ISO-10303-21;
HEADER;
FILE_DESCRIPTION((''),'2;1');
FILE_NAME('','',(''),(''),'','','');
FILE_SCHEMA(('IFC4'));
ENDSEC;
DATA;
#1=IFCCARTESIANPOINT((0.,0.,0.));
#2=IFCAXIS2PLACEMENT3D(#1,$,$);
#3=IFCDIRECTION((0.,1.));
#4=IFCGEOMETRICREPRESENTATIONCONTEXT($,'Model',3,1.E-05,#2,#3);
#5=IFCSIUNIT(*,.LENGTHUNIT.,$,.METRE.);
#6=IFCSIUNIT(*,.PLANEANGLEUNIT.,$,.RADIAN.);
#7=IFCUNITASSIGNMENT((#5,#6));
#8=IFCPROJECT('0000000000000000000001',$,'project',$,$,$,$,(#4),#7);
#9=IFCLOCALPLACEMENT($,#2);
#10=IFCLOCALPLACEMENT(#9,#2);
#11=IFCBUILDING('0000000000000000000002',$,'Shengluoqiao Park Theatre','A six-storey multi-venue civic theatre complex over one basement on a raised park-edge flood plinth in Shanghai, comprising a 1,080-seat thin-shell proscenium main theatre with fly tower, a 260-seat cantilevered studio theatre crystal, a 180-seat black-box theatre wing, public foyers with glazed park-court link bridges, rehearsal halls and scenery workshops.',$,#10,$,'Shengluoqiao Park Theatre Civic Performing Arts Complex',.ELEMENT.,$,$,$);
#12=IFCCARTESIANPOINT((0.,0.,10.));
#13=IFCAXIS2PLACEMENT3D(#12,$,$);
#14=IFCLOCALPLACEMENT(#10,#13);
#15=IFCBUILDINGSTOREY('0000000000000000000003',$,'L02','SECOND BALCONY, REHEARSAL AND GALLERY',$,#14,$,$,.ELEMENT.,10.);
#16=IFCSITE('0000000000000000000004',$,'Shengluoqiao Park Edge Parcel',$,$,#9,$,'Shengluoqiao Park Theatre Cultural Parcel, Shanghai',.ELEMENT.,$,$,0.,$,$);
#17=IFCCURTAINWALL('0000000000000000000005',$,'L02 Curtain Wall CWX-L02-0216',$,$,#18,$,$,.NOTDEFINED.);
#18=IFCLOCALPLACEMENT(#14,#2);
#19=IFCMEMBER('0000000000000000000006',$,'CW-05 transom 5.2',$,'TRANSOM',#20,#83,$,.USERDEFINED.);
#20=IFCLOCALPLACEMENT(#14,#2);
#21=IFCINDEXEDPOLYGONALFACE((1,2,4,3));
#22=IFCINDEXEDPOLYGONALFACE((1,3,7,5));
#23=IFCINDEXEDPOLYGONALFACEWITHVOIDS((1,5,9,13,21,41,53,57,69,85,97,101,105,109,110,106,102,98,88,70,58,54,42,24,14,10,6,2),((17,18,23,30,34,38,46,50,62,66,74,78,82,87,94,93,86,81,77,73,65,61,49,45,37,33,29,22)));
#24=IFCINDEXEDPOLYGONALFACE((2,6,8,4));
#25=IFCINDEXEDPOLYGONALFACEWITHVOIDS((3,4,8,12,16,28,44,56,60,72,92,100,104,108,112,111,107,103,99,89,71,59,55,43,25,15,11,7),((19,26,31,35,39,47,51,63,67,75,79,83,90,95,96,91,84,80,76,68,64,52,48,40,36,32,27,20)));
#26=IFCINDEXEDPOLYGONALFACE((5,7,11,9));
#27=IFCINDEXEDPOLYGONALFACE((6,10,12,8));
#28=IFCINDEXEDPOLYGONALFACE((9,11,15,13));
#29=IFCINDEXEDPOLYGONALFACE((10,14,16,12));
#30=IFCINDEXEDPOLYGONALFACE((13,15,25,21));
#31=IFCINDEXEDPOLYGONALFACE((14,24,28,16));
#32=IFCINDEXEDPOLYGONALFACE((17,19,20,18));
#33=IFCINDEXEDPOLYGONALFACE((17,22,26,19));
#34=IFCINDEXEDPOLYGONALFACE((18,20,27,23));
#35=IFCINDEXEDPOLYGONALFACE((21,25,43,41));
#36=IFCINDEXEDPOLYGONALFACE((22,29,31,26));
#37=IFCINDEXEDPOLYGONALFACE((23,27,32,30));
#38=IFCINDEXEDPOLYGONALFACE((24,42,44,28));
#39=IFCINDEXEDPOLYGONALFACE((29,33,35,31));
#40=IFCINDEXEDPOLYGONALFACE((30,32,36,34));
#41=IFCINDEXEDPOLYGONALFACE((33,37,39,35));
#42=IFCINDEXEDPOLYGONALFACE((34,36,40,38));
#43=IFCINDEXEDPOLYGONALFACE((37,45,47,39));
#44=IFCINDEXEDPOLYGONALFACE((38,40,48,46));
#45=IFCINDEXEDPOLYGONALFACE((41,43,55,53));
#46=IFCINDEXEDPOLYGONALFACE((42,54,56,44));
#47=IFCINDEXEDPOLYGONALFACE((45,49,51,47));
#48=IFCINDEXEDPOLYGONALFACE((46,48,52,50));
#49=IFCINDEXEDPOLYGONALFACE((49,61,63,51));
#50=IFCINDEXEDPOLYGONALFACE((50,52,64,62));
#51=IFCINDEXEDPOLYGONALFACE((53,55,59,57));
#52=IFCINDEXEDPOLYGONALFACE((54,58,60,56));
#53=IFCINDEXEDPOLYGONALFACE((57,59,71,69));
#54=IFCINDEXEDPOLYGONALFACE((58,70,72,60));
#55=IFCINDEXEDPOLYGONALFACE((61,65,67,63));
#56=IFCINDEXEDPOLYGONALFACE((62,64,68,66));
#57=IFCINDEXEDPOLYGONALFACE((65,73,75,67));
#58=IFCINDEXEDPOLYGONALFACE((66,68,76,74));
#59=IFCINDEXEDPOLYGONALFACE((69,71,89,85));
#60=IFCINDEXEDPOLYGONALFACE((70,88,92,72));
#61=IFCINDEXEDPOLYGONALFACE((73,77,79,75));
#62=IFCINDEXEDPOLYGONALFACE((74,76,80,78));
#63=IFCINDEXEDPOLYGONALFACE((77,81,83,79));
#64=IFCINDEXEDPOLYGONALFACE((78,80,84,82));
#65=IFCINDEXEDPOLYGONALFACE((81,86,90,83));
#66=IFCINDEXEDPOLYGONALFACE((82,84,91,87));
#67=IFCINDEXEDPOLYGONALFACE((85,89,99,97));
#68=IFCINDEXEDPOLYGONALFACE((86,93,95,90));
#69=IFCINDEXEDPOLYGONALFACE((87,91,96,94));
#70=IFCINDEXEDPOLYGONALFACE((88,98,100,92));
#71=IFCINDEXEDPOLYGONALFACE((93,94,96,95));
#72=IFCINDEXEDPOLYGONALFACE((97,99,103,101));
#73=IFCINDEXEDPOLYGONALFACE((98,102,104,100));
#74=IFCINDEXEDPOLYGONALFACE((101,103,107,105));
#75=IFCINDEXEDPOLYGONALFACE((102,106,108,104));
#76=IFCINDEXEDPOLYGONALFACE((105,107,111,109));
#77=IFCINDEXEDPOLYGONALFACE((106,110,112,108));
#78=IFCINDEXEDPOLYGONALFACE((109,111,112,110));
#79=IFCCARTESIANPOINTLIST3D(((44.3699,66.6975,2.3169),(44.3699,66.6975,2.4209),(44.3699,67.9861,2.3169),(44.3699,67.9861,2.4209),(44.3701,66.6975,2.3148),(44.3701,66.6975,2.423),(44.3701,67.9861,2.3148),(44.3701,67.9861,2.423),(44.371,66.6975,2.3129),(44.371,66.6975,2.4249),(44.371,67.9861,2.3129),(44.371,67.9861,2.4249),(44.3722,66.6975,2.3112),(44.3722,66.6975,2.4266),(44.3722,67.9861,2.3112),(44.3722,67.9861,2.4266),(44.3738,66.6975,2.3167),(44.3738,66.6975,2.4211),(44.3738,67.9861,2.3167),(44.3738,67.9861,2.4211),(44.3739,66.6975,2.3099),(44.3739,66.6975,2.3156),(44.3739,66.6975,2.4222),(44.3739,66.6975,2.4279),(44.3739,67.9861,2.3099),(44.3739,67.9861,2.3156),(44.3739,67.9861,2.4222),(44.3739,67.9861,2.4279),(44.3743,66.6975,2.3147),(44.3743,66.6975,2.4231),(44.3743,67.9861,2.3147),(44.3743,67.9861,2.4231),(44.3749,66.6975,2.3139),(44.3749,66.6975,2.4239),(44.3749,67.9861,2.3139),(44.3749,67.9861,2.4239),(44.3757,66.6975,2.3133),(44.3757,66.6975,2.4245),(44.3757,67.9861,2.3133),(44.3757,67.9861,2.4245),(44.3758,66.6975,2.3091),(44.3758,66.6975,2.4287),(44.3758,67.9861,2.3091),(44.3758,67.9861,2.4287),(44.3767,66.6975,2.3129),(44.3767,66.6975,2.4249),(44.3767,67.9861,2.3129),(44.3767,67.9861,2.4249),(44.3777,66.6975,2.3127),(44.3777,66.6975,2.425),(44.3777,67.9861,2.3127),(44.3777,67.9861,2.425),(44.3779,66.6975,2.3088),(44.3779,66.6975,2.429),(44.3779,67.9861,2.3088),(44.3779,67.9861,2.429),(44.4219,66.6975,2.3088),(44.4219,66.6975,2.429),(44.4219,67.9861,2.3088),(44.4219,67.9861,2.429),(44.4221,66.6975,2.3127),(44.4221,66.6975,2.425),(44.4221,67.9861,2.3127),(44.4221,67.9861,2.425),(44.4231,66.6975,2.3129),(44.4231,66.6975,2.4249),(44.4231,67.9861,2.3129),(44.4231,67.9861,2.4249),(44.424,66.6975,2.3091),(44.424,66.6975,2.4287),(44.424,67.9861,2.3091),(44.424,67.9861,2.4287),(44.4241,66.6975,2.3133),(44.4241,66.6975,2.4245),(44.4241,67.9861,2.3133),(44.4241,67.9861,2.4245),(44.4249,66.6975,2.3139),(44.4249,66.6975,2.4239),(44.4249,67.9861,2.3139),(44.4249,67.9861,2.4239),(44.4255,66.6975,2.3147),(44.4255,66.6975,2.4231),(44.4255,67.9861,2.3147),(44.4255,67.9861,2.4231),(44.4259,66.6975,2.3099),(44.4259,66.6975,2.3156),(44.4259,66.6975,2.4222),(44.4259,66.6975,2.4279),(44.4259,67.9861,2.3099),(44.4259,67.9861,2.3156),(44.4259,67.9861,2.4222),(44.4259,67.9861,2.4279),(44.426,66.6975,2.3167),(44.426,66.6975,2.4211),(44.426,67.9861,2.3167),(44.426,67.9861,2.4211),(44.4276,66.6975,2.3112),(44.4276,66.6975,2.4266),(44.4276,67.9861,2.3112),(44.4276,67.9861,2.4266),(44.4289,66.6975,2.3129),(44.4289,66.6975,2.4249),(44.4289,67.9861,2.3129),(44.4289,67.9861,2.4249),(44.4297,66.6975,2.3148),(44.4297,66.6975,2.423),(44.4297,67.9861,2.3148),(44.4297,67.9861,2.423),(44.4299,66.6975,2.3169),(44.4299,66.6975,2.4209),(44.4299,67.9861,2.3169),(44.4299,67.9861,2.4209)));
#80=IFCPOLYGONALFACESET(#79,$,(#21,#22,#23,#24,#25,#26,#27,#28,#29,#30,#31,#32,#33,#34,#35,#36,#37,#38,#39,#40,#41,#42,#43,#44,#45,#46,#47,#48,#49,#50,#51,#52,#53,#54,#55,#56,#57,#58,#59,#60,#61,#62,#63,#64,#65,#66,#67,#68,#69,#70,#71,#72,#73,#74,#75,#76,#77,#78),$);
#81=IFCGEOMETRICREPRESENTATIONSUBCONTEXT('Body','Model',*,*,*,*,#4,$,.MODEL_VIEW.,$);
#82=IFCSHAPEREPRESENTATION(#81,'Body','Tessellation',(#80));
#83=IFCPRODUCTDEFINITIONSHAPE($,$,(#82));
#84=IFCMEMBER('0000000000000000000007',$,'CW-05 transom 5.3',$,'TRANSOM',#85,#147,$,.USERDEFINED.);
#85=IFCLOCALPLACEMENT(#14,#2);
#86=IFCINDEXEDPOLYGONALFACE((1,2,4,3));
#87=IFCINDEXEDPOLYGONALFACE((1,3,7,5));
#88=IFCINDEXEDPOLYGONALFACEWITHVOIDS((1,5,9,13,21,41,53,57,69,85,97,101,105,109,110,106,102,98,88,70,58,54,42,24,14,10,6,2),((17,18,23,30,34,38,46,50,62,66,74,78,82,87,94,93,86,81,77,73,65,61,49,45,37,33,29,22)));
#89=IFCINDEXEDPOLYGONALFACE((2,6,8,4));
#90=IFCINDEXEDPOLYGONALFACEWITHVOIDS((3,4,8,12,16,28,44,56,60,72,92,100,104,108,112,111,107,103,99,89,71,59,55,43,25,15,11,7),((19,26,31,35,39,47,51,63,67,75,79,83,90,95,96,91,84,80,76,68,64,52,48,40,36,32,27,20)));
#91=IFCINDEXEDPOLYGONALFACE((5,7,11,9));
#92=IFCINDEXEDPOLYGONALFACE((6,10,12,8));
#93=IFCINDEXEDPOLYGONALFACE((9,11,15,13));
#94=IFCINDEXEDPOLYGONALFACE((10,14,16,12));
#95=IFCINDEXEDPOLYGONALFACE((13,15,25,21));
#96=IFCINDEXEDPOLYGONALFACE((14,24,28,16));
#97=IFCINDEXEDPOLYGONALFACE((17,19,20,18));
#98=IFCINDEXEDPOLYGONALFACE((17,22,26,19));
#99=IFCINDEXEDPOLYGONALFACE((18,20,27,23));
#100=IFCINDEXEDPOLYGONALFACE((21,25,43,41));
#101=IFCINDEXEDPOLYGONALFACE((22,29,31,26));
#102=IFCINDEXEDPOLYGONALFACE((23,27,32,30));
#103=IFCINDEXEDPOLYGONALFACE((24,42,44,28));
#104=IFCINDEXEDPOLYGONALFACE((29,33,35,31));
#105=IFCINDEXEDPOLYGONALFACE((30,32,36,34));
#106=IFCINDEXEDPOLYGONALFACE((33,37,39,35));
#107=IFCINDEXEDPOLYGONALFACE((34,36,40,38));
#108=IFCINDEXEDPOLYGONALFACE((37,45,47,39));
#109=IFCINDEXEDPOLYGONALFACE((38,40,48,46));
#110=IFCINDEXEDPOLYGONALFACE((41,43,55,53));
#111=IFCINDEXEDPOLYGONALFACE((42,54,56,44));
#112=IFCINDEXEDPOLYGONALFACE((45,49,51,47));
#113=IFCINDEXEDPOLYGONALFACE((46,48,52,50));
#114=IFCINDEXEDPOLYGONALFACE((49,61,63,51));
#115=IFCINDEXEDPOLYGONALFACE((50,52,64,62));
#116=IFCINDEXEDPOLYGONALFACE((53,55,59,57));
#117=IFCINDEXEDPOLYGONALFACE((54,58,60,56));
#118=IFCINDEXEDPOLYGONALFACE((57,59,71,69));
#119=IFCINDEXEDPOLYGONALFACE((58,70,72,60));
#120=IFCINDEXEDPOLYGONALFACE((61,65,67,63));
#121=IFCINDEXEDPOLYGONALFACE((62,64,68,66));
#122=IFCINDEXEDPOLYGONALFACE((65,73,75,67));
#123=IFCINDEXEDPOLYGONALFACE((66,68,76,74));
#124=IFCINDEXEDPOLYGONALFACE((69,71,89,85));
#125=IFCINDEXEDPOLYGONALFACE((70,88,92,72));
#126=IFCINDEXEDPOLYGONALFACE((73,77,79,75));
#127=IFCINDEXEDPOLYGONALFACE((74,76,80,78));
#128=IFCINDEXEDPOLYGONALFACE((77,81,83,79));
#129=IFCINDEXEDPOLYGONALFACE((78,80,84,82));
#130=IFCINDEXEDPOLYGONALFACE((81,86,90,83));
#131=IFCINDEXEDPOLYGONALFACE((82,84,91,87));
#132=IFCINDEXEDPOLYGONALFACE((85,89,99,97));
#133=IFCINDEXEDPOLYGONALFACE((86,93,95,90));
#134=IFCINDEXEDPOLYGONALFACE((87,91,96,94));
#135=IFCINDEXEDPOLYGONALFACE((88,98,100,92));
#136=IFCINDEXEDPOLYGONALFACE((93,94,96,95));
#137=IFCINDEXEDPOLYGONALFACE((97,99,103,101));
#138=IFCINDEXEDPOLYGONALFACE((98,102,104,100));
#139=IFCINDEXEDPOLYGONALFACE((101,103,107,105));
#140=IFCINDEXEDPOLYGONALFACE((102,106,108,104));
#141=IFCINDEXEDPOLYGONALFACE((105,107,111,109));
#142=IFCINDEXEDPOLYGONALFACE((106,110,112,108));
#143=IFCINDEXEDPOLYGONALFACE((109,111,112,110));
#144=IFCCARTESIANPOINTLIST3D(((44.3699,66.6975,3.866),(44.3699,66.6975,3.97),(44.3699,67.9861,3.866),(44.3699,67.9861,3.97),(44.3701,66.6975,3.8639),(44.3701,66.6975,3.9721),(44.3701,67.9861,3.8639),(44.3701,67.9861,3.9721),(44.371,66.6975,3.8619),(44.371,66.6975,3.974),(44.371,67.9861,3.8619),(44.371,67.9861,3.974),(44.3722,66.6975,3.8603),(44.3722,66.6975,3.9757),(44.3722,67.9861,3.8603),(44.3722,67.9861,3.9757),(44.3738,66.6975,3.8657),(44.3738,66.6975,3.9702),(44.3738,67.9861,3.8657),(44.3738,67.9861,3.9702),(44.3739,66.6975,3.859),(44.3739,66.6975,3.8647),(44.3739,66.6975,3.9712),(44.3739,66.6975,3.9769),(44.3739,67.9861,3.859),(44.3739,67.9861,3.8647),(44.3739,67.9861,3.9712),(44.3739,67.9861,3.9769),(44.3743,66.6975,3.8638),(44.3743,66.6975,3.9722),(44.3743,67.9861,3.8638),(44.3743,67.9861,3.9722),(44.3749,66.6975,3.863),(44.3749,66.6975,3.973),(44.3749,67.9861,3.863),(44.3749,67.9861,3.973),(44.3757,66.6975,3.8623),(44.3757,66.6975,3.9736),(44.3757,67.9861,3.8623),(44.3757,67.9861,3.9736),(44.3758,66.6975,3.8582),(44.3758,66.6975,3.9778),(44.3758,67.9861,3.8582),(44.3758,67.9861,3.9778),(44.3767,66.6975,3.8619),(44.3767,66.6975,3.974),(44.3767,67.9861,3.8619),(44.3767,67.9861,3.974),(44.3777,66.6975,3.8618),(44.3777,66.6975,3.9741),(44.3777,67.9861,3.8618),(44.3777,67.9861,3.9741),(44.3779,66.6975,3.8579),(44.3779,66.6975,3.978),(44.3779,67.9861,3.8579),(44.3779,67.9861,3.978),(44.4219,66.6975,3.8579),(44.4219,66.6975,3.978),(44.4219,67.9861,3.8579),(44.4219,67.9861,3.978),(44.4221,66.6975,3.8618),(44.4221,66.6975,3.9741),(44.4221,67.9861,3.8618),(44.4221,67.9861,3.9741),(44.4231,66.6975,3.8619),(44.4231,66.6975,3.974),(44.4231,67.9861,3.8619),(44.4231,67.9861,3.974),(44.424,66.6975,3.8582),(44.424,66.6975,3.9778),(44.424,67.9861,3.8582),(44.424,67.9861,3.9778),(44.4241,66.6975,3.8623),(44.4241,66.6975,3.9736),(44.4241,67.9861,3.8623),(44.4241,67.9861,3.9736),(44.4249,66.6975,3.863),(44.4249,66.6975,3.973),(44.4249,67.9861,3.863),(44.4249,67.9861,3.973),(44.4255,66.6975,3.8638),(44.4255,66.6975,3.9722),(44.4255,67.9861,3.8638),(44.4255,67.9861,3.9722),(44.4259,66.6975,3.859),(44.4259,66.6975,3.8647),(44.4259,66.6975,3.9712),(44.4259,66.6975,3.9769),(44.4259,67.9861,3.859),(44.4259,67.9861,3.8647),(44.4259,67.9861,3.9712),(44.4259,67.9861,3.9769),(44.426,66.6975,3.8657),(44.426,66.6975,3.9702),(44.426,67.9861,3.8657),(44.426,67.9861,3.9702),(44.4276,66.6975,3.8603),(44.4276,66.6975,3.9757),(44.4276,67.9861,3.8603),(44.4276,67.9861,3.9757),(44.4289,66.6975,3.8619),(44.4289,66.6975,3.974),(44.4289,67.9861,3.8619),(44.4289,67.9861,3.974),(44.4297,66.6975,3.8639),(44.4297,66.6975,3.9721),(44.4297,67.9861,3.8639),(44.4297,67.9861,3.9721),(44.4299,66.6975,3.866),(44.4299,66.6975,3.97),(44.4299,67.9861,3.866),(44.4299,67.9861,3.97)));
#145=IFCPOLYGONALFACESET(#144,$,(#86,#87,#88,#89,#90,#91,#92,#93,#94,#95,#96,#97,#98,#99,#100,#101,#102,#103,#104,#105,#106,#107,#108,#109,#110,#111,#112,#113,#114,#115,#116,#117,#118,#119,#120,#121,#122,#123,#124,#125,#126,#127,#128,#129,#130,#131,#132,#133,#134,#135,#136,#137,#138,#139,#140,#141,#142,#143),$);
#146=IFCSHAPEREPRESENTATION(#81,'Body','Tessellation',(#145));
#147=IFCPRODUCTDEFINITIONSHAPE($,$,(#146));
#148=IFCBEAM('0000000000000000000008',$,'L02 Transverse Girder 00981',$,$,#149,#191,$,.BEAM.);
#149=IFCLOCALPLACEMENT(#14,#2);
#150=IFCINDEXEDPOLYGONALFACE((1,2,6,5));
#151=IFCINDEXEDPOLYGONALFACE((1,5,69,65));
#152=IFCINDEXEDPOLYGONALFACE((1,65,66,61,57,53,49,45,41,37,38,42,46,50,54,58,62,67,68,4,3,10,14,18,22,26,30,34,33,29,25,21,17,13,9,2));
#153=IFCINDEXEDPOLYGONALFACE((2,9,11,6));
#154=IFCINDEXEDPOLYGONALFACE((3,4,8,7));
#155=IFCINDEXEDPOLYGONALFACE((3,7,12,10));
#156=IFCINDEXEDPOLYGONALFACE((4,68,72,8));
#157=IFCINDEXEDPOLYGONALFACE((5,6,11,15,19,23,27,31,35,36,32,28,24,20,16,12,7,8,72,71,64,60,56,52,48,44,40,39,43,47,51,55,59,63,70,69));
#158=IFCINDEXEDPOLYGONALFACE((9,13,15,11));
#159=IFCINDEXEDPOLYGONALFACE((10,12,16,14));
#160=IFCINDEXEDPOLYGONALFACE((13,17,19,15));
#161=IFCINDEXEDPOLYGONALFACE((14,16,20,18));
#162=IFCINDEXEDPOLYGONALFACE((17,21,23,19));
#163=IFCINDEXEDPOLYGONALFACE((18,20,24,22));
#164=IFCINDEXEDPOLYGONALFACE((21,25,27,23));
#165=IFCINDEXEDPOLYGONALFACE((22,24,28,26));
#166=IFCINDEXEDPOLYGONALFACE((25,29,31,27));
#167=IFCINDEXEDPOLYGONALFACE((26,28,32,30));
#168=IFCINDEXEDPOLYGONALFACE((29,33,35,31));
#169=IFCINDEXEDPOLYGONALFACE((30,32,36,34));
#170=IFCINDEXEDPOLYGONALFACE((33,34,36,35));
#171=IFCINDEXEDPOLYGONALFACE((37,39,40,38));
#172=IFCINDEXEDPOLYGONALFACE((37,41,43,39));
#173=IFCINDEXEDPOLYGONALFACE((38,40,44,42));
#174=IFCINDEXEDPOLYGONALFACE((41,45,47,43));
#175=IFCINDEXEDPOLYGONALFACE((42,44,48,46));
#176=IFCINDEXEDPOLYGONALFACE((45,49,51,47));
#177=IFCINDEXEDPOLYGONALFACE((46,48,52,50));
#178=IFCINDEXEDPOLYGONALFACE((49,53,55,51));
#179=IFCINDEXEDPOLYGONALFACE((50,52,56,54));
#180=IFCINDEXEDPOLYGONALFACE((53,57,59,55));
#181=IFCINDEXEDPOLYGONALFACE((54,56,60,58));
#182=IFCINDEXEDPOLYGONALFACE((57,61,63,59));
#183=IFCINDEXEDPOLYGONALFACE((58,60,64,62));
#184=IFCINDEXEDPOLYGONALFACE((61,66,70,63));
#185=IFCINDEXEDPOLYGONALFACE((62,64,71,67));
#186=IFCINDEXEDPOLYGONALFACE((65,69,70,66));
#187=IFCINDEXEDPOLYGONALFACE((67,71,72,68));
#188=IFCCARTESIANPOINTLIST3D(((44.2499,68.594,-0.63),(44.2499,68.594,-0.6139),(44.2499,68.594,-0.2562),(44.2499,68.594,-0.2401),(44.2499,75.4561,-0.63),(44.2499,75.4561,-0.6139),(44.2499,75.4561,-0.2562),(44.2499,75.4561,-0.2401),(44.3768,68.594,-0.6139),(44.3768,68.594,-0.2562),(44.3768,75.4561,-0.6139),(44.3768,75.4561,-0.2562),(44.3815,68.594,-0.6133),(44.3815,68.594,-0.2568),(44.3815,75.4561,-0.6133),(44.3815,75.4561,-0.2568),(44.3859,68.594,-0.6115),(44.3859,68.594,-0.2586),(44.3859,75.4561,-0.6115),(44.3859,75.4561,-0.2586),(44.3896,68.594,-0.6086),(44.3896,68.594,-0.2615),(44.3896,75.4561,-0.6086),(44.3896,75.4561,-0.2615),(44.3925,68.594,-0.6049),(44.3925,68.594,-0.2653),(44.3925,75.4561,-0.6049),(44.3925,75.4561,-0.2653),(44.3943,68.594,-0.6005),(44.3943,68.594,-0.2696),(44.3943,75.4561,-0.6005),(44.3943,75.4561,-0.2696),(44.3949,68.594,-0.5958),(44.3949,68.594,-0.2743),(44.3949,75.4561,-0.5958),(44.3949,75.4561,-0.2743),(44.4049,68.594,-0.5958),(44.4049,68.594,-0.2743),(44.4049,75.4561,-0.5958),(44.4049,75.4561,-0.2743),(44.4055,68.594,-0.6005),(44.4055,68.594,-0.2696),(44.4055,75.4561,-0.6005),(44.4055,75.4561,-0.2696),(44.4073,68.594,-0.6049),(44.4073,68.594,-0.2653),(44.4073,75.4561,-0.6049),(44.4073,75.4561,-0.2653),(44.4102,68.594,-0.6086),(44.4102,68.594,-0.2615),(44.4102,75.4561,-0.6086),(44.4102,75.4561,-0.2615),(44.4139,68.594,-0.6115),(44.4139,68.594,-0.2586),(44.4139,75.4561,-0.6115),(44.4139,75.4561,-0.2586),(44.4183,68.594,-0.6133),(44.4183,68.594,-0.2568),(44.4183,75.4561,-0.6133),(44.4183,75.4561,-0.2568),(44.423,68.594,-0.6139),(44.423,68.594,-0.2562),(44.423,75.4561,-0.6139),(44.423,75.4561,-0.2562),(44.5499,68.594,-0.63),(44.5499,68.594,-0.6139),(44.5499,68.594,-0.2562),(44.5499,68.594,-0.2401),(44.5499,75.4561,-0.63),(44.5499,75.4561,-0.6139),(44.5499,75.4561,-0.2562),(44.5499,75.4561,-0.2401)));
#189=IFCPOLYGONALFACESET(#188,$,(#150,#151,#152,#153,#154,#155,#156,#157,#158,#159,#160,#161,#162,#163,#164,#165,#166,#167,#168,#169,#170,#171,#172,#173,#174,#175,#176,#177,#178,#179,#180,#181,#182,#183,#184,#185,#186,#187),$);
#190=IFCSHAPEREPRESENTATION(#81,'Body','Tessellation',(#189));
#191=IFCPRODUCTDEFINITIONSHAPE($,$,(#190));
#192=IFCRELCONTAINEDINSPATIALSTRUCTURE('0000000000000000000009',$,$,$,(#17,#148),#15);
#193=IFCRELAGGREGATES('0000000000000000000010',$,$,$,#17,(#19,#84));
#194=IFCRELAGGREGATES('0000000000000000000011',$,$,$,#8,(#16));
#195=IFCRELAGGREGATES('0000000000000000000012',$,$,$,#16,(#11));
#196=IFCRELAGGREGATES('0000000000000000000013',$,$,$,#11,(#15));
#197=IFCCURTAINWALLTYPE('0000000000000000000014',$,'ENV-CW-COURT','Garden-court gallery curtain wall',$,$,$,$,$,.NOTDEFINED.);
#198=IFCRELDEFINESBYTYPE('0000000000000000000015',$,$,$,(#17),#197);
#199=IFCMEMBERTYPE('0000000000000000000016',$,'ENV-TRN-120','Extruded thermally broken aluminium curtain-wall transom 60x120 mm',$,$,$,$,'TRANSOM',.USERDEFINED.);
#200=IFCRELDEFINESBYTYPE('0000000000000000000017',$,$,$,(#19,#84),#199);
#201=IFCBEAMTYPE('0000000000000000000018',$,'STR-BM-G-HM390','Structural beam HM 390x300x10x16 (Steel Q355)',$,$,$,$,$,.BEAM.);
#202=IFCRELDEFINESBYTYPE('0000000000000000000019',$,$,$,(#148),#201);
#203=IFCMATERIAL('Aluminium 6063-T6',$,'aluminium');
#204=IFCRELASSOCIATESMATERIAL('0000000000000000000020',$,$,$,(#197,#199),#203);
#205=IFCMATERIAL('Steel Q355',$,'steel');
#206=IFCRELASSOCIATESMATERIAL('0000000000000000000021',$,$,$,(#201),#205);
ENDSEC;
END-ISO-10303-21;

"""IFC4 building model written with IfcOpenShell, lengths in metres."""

from ifc_helpers import new_model, si_unit, direction, frame, origin, origin_2d, place, context, subcontext, project, spatial, hollow_rectangle, i_section, extrude, material, material_profile, profile_set, type_object, element, aggregate, save


model = new_model("IFC4")

# Units and contexts
model_context = context("Model", 3, precision=1e-05, world=origin(), true_north=direction((0.0, 1.0)))
body_context = subcontext(model_context, "Body", "Model", "MODEL_VIEW")
ifc_project = project(units=[si_unit("LENGTHUNIT", "METRE"), si_unit("PLANEANGLEUNIT", "RADIAN")], contexts=[model_context])

# Site, building, storey
site_placement = place(None, origin())
site = spatial("IfcSite", under=ifc_project, at=site_placement, Name="Shengluoqiao Park Edge Parcel", LongName="Shengluoqiao Park Theatre Cultural Parcel, Shanghai", CompositionType="ELEMENT", RefElevation=0.0)
building_placement = place(site_placement, origin())
building = spatial("IfcBuilding", under=site, at=building_placement, Name="Shengluoqiao Park Theatre", Description="A six-storey multi-venue civic theatre complex over one basement on a raised park-edge flood plinth in Shanghai, comprising a 1,080-seat thin-shell proscenium main theatre with fly tower, a 260-seat cantilevered studio theatre crystal, a 180-seat black-box theatre wing, public foyers with glazed park-court link bridges, rehearsal halls and scenery workshops.", LongName="Shengluoqiao Park Theatre Civic Performing Arts Complex", CompositionType="ELEMENT")
storey_placement = place(building_placement, frame((0.0, 0.0, 10.0)))
storey = spatial("IfcBuildingStorey", under=building, at=storey_placement, Name="L02", Description="SECOND BALCONY, REHEARSAL AND GALLERY", CompositionType="ELEMENT", Elevation=10.0)

# Curtain wall, members
ifc_material_1 = material(Name="Aluminium 6063-T6", Category="aluminium")
curtain_wall_type = type_object("IfcCurtainWallType", Name="ENV-CW-COURT", Description="Garden-court gallery curtain wall", PredefinedType="NOTDEFINED", material=ifc_material_1)
curtain_wall_placement = place(storey_placement, origin())
curtain_wall = element("IfcCurtainWall", 1, at=curtain_wall_placement, inside=storey, type_object=curtain_wall_type, Name="L02 Curtain Wall CWX-L02-0216", PredefinedType="NOTDEFINED")
ifc_material_profile_1 = material_profile(ifc_material_1, hollow_rectangle(XDim=0.0601, YDim=0.1201, WallThickness=0.0039, InnerFilletRadius=0.0039, OuterFilletRadius=0.0081, at=origin_2d()), Name="ALU TRANSOM 120x60x4")
ifc_profile_set_1 = profile_set([ifc_material_profile_1], Name="Aluminium 6063-T6")
member_type_1 = type_object("IfcMemberType", Name="ENV-TRN-120", Description="Extruded thermally broken aluminium curtain-wall transom 60x120 mm", ElementType="TRANSOM", PredefinedType="USERDEFINED", material=ifc_profile_set_1)
member_1_placement = place(storey_placement, frame((44.3999, 66.6975, 2.3689), z_axis=(0.0, 1.0, 0.0), x_axis=(-1.0, 0.0, 0.0)))
member_1 = element("IfcMember", 2, at=member_1_placement, type_object=member_type_1, Name="CW-05 transom 5.2", ObjectType="TRANSOM", PredefinedType="USERDEFINED", context=body_context, shape_type="SweptSolid", body=[
    extrude(hollow_rectangle(XDim=0.0601, YDim=0.1201, WallThickness=0.0039, InnerFilletRadius=0.0039, OuterFilletRadius=0.0081, at=origin_2d()), origin(), (0.0, 0.0, 1.0), 1.2886),
])
member_2_placement = place(storey_placement, frame((44.3999, 66.6975, 3.918), z_axis=(0.0, 1.0, 0.0), x_axis=(-1.0, 0.0, 0.0)))
member_2 = element("IfcMember", 3, at=member_2_placement, type_object=member_type_1, Name="CW-05 transom 5.3", ObjectType="TRANSOM", PredefinedType="USERDEFINED", context=body_context, shape_type="SweptSolid", body=[
    extrude(hollow_rectangle(XDim=0.0601, YDim=0.1201, WallThickness=0.0039, InnerFilletRadius=0.0039, OuterFilletRadius=0.0081, at=origin_2d()), origin(), (0.0, 0.0, 1.0), 1.2886),
])

# Beam
ifc_material_2 = material(Name="Steel Q355", Category="steel")
ifc_material_profile_2 = material_profile(ifc_material_2, i_section(OverallWidth=0.3, OverallDepth=0.3899, WebThickness=0.01, FlangeThickness=0.0161, FilletRadius=0.0181, at=origin_2d()), Name="HM 390x300x10x16")
ifc_profile_set_2 = profile_set([ifc_material_profile_2], Name="Steel Q355")
beam_type = type_object("IfcBeamType", Name="STR-BM-G-HM390", Description="Structural beam HM 390x300x10x16 (Steel Q355)", PredefinedType="BEAM", material=ifc_profile_set_2)
beam_placement = place(storey_placement, frame((44.3999, 68.594, -0.4351), z_axis=(0.0, 1.0, 0.0), x_axis=(-1.0, 0.0, 0.0)))
element("IfcBeam", 4, at=beam_placement, inside=storey, type_object=beam_type, Name="L02 Transverse Girder 00981", PredefinedType="BEAM", context=body_context, shape_type="SweptSolid", body=[
    extrude(i_section(OverallWidth=0.3, OverallDepth=0.3899, WebThickness=0.01, FlangeThickness=0.0161, FilletRadius=0.0181, at=origin_2d()), origin(), (0.0, 0.0, 1.0), 6.8621),
])

aggregate(curtain_wall, [member_1, member_2])

save(model, "model.ifc")
